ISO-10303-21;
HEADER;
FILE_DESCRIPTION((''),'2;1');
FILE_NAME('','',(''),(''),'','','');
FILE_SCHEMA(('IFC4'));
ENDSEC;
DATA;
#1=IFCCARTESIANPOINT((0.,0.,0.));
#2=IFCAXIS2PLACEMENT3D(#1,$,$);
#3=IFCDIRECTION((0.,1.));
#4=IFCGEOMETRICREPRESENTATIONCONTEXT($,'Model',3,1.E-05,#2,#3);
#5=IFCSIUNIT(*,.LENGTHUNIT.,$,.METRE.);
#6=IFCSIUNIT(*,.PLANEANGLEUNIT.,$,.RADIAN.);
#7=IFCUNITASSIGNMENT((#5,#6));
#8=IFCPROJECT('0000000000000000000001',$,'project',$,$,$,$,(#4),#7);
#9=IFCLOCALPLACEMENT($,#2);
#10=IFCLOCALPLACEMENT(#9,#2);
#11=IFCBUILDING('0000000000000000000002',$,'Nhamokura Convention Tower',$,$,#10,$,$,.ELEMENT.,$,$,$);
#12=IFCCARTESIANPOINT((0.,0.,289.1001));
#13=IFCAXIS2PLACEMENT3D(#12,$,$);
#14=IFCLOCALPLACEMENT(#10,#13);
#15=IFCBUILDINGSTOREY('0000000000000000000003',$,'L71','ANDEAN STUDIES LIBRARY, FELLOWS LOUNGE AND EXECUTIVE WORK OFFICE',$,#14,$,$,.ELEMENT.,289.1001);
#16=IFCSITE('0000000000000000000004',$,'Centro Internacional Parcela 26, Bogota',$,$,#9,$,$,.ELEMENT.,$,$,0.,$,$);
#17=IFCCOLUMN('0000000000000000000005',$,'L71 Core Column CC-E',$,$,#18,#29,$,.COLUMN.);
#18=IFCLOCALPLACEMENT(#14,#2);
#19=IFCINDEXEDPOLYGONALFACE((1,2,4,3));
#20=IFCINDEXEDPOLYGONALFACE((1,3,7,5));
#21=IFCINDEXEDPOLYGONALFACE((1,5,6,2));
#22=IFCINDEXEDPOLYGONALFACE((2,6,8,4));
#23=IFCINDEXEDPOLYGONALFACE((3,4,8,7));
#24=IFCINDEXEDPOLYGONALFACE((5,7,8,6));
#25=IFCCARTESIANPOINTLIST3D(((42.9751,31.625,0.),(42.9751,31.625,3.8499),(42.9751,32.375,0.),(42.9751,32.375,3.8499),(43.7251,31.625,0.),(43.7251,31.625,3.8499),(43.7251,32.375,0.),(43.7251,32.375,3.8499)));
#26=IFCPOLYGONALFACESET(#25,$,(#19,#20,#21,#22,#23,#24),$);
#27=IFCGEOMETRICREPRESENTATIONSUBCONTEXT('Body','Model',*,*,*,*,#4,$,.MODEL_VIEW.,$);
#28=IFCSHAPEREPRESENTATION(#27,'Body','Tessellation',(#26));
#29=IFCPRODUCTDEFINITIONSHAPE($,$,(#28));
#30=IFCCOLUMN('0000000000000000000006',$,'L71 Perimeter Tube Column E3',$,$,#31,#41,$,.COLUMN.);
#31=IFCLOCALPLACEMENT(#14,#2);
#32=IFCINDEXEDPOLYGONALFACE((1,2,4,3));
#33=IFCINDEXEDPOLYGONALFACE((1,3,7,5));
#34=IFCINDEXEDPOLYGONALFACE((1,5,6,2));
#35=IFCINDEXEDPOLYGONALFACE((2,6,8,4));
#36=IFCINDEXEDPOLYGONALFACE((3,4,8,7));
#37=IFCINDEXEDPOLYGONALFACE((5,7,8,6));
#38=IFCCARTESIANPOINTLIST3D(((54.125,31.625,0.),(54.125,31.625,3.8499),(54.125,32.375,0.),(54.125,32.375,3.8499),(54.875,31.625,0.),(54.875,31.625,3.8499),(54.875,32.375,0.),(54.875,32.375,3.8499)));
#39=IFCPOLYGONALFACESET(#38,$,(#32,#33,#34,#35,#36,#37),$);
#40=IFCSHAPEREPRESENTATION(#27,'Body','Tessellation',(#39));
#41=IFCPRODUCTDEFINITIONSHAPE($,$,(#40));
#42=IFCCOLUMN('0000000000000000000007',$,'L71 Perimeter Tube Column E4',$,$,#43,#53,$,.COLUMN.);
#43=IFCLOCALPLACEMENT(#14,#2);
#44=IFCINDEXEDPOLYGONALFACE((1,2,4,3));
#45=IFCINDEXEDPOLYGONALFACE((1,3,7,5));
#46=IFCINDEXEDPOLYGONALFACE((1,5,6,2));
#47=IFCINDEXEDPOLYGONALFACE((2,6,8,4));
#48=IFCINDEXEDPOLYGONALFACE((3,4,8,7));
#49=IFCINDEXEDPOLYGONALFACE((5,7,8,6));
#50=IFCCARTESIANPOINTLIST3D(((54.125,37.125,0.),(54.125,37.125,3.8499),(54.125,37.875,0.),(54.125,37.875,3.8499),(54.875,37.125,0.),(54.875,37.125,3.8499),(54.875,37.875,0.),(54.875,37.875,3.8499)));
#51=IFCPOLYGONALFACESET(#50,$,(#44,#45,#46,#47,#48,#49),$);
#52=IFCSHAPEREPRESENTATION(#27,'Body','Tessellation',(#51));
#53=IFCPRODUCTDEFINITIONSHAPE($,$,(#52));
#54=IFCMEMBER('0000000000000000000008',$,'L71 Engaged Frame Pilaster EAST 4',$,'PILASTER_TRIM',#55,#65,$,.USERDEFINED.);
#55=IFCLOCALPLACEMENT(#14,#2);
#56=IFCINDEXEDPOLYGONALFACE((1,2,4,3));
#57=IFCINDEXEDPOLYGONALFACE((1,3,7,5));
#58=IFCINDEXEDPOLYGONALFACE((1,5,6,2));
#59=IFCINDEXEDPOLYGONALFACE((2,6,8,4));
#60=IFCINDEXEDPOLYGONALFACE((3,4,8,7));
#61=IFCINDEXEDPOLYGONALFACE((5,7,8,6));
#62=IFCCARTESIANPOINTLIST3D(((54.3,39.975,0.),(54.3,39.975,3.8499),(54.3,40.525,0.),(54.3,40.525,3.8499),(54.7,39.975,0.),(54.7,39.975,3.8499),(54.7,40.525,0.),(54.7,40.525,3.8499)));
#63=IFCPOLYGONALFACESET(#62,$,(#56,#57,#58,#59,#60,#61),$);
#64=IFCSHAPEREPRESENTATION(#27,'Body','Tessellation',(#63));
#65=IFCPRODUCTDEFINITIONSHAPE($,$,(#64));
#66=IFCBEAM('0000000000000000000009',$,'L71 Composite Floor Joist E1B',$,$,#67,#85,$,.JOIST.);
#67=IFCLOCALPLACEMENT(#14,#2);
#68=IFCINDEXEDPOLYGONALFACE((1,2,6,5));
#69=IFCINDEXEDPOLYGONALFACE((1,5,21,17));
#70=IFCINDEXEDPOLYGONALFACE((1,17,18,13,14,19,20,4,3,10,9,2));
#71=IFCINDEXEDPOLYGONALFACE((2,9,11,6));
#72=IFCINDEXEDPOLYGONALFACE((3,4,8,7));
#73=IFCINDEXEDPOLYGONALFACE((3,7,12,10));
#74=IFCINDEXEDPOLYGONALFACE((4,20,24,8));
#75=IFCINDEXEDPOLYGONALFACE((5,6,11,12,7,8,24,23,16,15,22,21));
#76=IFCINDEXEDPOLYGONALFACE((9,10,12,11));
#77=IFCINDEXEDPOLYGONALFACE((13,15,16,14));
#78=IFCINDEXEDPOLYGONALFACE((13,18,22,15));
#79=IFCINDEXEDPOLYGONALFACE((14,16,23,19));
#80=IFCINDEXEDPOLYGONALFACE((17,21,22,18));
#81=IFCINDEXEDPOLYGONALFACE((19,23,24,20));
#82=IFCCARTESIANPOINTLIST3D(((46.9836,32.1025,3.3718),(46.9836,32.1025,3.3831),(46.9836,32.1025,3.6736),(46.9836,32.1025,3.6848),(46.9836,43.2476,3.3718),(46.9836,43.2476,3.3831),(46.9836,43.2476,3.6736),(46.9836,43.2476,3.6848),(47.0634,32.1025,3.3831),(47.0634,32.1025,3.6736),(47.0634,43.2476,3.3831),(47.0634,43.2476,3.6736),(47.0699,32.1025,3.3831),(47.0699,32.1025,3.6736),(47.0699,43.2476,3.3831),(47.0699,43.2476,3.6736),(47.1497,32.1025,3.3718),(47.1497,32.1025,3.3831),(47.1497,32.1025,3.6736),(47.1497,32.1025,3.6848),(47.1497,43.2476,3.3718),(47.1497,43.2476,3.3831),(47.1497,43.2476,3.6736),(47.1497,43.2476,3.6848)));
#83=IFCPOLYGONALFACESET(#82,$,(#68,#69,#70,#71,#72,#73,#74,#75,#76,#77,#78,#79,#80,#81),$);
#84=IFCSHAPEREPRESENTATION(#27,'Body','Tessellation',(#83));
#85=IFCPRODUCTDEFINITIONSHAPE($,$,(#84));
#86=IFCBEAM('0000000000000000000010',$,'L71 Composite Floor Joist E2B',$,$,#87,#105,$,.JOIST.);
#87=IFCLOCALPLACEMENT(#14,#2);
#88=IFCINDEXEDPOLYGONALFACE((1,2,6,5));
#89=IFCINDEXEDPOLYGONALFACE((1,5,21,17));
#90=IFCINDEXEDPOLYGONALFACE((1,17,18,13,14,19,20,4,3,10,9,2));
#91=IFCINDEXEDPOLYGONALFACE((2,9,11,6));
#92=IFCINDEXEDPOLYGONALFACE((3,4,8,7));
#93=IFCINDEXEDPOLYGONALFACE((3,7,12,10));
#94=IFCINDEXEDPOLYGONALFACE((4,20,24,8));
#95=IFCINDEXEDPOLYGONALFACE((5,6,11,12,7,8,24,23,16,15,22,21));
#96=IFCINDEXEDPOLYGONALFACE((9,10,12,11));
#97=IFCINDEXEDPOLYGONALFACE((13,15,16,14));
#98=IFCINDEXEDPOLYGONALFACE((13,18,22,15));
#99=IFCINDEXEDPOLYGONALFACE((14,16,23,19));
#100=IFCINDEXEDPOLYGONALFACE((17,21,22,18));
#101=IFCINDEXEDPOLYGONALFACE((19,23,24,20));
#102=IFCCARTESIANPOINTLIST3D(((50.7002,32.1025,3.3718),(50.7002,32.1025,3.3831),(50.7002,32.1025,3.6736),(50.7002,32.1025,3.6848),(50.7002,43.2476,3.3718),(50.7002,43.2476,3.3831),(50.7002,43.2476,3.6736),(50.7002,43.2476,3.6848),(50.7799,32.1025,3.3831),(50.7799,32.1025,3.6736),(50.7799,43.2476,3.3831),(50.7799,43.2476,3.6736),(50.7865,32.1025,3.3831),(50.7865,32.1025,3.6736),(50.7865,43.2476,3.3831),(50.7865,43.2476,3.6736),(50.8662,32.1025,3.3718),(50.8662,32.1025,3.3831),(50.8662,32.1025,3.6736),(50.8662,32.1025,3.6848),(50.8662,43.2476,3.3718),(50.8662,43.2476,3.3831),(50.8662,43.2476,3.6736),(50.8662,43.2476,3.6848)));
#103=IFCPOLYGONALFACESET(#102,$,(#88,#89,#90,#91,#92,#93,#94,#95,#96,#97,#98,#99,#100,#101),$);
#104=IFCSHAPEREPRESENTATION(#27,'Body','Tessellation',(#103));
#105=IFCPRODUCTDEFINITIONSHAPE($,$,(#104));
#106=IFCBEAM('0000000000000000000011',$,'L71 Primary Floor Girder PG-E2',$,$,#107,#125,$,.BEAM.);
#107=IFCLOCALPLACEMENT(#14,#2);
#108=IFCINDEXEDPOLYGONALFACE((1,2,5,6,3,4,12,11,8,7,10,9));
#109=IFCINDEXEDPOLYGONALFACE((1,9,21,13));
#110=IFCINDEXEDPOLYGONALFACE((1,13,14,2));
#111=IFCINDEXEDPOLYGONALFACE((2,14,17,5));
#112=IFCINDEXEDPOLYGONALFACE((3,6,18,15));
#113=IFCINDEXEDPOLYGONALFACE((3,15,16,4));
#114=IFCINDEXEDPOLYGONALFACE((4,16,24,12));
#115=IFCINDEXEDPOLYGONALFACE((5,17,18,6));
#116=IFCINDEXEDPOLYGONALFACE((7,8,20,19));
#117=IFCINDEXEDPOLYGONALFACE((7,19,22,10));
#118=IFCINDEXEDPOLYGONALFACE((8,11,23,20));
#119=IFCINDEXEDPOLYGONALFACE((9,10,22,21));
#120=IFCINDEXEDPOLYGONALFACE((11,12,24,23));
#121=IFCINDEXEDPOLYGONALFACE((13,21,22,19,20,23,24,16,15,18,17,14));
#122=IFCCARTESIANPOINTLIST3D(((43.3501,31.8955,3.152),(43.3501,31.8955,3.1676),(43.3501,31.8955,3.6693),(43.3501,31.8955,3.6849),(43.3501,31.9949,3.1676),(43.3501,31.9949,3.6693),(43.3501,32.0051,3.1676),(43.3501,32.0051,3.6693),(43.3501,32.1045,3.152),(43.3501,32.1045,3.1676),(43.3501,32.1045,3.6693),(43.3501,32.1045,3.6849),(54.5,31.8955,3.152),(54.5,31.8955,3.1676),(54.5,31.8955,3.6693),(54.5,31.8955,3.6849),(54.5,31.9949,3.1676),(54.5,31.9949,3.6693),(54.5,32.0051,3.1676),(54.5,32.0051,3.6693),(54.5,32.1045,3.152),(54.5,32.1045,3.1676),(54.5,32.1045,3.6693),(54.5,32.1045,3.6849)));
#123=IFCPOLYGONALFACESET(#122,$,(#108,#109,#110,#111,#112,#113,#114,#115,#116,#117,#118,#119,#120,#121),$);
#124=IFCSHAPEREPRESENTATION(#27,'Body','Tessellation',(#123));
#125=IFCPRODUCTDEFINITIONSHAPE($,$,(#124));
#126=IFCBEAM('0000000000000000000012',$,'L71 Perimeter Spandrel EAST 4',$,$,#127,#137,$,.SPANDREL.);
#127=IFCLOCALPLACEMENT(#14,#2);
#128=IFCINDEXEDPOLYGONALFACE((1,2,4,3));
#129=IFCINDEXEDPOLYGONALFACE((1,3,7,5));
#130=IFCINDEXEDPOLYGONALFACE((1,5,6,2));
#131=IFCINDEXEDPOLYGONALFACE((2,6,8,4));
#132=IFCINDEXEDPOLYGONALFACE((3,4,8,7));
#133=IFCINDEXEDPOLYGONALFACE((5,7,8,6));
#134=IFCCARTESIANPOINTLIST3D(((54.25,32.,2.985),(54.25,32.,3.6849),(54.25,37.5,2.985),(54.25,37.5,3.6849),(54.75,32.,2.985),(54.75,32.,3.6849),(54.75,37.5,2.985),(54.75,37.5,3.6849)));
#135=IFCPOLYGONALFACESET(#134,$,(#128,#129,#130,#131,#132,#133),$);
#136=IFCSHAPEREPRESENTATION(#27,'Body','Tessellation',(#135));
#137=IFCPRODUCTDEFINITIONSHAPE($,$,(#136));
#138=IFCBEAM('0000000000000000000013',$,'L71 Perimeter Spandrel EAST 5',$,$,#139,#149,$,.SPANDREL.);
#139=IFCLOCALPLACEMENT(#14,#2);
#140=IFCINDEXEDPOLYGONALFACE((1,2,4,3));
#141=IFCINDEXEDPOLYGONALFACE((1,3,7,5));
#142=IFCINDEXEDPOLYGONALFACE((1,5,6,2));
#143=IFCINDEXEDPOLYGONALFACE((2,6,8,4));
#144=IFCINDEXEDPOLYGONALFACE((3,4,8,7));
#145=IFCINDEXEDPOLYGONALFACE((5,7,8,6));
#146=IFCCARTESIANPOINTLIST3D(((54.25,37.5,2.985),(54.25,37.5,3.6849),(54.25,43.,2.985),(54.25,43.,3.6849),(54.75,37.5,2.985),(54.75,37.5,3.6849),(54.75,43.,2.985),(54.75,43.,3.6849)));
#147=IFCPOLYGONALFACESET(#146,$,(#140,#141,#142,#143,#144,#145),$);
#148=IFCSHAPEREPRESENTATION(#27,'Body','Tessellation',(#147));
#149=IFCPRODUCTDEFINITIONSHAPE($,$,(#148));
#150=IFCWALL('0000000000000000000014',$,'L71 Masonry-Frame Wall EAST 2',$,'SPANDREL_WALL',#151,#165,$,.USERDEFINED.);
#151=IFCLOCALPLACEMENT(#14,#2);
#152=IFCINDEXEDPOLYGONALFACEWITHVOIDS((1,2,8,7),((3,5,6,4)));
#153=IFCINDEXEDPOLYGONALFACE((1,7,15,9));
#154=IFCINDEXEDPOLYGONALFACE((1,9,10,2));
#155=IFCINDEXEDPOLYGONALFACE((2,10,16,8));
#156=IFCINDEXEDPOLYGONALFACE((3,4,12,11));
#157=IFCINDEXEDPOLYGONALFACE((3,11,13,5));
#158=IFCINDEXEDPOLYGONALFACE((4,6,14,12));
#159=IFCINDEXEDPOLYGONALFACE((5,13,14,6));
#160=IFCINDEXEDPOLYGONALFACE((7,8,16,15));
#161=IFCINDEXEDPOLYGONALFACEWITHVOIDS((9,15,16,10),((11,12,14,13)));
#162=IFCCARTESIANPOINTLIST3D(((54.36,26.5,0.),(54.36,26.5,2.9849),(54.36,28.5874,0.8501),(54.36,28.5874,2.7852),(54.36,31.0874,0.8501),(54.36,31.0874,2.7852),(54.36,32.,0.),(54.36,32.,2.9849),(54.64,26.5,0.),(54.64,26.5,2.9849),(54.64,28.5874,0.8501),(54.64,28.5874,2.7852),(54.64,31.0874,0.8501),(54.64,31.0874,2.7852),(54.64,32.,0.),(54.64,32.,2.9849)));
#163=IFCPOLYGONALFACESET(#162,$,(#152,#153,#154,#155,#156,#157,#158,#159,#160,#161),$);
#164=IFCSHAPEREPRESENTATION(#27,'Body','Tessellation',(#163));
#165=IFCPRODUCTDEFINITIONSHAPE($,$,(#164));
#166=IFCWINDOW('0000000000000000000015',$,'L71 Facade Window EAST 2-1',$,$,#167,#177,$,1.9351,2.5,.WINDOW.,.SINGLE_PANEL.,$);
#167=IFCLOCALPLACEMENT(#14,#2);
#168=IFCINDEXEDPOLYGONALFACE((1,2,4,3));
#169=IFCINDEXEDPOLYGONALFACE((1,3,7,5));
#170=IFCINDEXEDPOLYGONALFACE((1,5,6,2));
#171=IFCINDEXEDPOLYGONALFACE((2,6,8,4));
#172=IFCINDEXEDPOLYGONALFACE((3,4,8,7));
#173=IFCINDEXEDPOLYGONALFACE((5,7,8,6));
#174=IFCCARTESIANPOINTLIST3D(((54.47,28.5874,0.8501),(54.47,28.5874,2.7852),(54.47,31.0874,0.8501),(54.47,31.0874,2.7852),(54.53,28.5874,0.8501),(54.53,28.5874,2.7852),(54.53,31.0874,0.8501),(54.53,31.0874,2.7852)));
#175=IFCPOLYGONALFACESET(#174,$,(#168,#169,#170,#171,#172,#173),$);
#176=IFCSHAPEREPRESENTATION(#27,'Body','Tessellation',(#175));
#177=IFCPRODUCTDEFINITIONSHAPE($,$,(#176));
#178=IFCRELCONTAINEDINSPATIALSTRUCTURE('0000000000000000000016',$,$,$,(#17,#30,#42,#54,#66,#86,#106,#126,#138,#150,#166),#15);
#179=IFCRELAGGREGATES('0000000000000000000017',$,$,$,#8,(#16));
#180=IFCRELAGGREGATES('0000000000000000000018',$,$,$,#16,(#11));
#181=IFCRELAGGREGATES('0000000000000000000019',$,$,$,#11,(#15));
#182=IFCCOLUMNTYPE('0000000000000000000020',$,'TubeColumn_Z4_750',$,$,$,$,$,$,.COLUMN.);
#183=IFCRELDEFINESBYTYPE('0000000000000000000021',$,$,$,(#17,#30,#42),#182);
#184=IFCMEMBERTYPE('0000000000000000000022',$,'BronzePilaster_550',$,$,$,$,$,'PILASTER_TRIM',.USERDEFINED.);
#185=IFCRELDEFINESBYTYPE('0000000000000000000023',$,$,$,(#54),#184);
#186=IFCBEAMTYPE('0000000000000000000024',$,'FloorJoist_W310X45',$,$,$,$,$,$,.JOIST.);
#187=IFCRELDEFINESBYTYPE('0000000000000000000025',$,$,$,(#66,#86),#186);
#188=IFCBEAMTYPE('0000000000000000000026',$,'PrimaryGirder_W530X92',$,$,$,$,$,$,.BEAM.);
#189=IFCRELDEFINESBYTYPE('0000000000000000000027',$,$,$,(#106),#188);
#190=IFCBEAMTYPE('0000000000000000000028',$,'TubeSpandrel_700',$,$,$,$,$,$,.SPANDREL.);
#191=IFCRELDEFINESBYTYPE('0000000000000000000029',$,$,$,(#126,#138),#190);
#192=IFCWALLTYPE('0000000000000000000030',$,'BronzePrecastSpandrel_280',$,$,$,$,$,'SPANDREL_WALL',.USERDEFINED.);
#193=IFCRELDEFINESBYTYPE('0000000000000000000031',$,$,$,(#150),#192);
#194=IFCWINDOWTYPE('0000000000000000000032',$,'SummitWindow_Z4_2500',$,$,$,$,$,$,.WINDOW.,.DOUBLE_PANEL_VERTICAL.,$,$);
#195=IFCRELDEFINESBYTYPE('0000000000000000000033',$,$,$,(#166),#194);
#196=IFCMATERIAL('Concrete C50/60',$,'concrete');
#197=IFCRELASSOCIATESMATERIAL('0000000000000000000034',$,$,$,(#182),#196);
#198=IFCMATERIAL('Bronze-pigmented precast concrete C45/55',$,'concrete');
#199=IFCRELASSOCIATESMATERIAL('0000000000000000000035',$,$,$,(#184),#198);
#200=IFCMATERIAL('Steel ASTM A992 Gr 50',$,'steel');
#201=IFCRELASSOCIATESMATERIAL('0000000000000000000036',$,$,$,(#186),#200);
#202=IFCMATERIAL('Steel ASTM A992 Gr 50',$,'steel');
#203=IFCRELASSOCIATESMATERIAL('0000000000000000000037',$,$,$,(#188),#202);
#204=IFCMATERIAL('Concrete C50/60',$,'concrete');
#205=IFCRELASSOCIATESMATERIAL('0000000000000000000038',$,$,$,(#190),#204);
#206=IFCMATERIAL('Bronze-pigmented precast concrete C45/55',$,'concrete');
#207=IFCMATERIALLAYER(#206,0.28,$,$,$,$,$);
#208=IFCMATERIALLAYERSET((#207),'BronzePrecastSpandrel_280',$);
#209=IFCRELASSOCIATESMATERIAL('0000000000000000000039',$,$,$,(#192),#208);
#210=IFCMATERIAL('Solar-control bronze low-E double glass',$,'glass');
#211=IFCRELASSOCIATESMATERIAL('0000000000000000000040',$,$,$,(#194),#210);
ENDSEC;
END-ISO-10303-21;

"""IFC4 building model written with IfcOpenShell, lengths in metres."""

from ifc_helpers import new_model, si_unit, direction, frame, frame_2d, origin, origin_2d, place, context, subcontext, project, spatial, rectangle, i_section, extrude, material, layer, layer_set, material_profile, profile_set, type_object, element, fill, save


model = new_model("IFC4")

# Units and contexts
model_context = context("Model", 3, precision=1e-05, world=origin(), true_north=direction((0.0, 1.0)))
body_context = subcontext(model_context, "Body", "Model", "MODEL_VIEW")
ifc_project = project(units=[si_unit("LENGTHUNIT", "METRE"), si_unit("PLANEANGLEUNIT", "RADIAN")], contexts=[model_context])

# Site, building, storey
site_placement = place(None, origin())
site = spatial("IfcSite", under=ifc_project, at=site_placement, Name="Centro Internacional Parcela 26, Bogota", CompositionType="ELEMENT", RefElevation=0.0)
building_placement = place(site_placement, origin())
building = spatial("IfcBuilding", under=site, at=building_placement, Name="Nhamokura Convention Tower", CompositionType="ELEMENT")
storey_placement = place(building_placement, frame((0.0, 0.0, 289.1001)))
storey = spatial("IfcBuildingStorey", under=building, at=storey_placement, Name="L71", Description="ANDEAN STUDIES LIBRARY, FELLOWS LOUNGE AND EXECUTIVE WORK OFFICE", CompositionType="ELEMENT", Elevation=289.1001)

# Columns
ifc_material_1 = material(Name="Concrete C50/60", Category="concrete")
ifc_material_profile_1 = material_profile(ifc_material_1, rectangle(XDim=0.75, YDim=0.75, at=origin_2d()))
ifc_profile_set_1 = profile_set([ifc_material_profile_1], Name="Concrete C50/60")
column_type = type_object("IfcColumnType", Name="TubeColumn_Z4_750", PredefinedType="COLUMN", material=ifc_profile_set_1)
for number, where, z_axis, x_axis, name in (
    (1, (43.3501, 32.0, 0.0), (0.0, 0.0, 1.0), (1.0, 0.0, 0.0), "L71 Core Column CC-E"),
    (2, (54.5, 32.0, 0.0), (0.0, 0.0, 1.0), (1.0, 0.0, 0.0), "L71 Perimeter Tube Column E3"),
    (3, (54.5, 37.5, 0.0), (0.0, 0.0, 1.0), (1.0, 0.0, 0.0), "L71 Perimeter Tube Column E4"),
):
    element("IfcColumn", number, at=place(storey_placement, frame(where, z_axis=z_axis, x_axis=x_axis)), inside=storey, type_object=column_type, Name=name, PredefinedType="COLUMN", context=body_context, shape_type="SweptSolid", body=[
        extrude(rectangle(XDim=0.75, YDim=0.75, at=origin_2d()), origin(), (0.0, 0.0, 1.0), 3.8499),
    ])

# Member
ifc_material_2 = material(Name="Bronze-pigmented precast concrete C45/55", Category="concrete")
ifc_material_profile_2 = material_profile(ifc_material_2, rectangle(XDim=0.3999, YDim=0.55, at=origin_2d()))
ifc_profile_set_2 = profile_set([ifc_material_profile_2], Name="Bronze-pigmented precast concrete C45/55")
member_type = type_object("IfcMemberType", Name="BronzePilaster_550", ElementType="PILASTER_TRIM", PredefinedType="USERDEFINED", material=ifc_profile_set_2)
member_placement = place(storey_placement, frame((54.5, 40.25, 0.0), z_axis=(0.0, 0.0, 1.0), x_axis=(1.0, 0.0, 0.0)))
element("IfcMember", 4, at=member_placement, inside=storey, type_object=member_type, Name="L71 Engaged Frame Pilaster EAST 4", ObjectType="PILASTER_TRIM", PredefinedType="USERDEFINED", context=body_context, shape_type="SweptSolid", body=[
    extrude(rectangle(XDim=0.3999, YDim=0.55, at=origin_2d()), origin(), (0.0, 0.0, 1.0), 3.8499),
])

# Beams
ifc_material_3 = material(Name="Steel ASTM A992 Gr 50", Category="steel")
ifc_material_profile_3 = material_profile(ifc_material_3, i_section(OverallWidth=0.166, OverallDepth=0.313, WebThickness=0.0066, FlangeThickness=0.0112, at=origin_2d()))
ifc_profile_set_3 = profile_set([ifc_material_profile_3], Name="Steel ASTM A992 Gr 50")
beam_type_1 = type_object("IfcBeamType", Name="FloorJoist_W310X45", PredefinedType="JOIST", material=ifc_profile_set_3)
for number, where, z_axis, x_axis, name in (
    (5, (47.0667, 32.1025, 3.5283), (0.0, 1.0, 0.0), (-1.0, 0.0, 0.0), "L71 Composite Floor Joist E1B"),
    (6, (50.7832, 32.1025, 3.5283), (0.0, 1.0, 0.0), (-1.0, 0.0, 0.0), "L71 Composite Floor Joist E2B"),
):
    element("IfcBeam", number, at=place(storey_placement, frame(where, z_axis=z_axis, x_axis=x_axis)), inside=storey, type_object=beam_type_1, Name=name, PredefinedType="JOIST", context=body_context, shape_type="SweptSolid", body=[
        extrude(i_section(OverallWidth=0.166, OverallDepth=0.313, WebThickness=0.0066, FlangeThickness=0.0112, at=origin_2d()), origin(), (0.0, 0.0, 1.0), 11.145),
    ])
ifc_material_4 = material(Name="Steel ASTM A992 Gr 50", Category="steel")
ifc_material_profile_4 = material_profile(ifc_material_4, i_section(OverallWidth=0.209, OverallDepth=0.533, WebThickness=0.0103, FlangeThickness=0.0156, at=origin_2d()))
ifc_profile_set_4 = profile_set([ifc_material_profile_4], Name="Steel ASTM A992 Gr 50")
beam_type_2 = type_object("IfcBeamType", Name="PrimaryGirder_W530X92", PredefinedType="BEAM", material=ifc_profile_set_4)
beam_placement = place(storey_placement, frame((43.3501, 32.0, 3.4185), z_axis=(1.0, 0.0, 0.0), x_axis=(0.0, 1.0, 0.0)))
element("IfcBeam", 7, at=beam_placement, inside=storey, type_object=beam_type_2, Name="L71 Primary Floor Girder PG-E2", PredefinedType="BEAM", context=body_context, shape_type="SweptSolid", body=[
    extrude(i_section(OverallWidth=0.209, OverallDepth=0.533, WebThickness=0.0103, FlangeThickness=0.0156, at=origin_2d()), origin(), (0.0, 0.0, 1.0), 11.1499),
])
ifc_material_5 = material(Name="Concrete C50/60", Category="concrete")
ifc_material_profile_5 = material_profile(ifc_material_5, rectangle(XDim=0.5, YDim=0.7, at=origin_2d()))
ifc_profile_set_5 = profile_set([ifc_material_profile_5], Name="Concrete C50/60")
beam_type_3 = type_object("IfcBeamType", Name="TubeSpandrel_700", PredefinedType="SPANDREL", material=ifc_profile_set_5)
for number, where, z_axis, x_axis, name in (
    (8, (54.5, 32.0, 3.335), (0.0, 1.0, 0.0), (-1.0, 0.0, 0.0), "L71 Perimeter Spandrel EAST 4"),
    (9, (54.5, 37.5, 3.335), (0.0, 1.0, 0.0), (-1.0, 0.0, 0.0), "L71 Perimeter Spandrel EAST 5"),
):
    element("IfcBeam", number, at=place(storey_placement, frame(where, z_axis=z_axis, x_axis=x_axis)), inside=storey, type_object=beam_type_3, Name=name, PredefinedType="SPANDREL", context=body_context, shape_type="SweptSolid", body=[
        extrude(rectangle(XDim=0.5, YDim=0.7, at=origin_2d()), origin(), (0.0, 0.0, 1.0), 5.5),
    ])

# Wall, opening, window
ifc_material_6 = material(Name="Bronze-pigmented precast concrete C45/55", Category="concrete")
ifc_layer_1 = layer(ifc_material_6, 0.28)
ifc_layer_set_1 = layer_set([ifc_layer_1], Name="BronzePrecastSpandrel_280")
wall_type_1 = type_object("IfcWallType", Name="BronzePrecastSpandrel_280", ElementType="SPANDREL_WALL", PredefinedType="USERDEFINED", material=ifc_layer_set_1)
wall_1_placement = place(storey_placement, frame((54.5, 32.0, 0.0), z_axis=(0.0, 0.0, 1.0), x_axis=(0.0, -1.0, 0.0)))
wall_1 = element("IfcWall", 10, at=wall_1_placement, inside=storey, type_object=wall_type_1, Name="L71 Masonry-Frame Wall EAST 2", ObjectType="SPANDREL_WALL", PredefinedType="USERDEFINED", context=body_context, shape_type="SweptSolid", body=[
    extrude(rectangle(XDim=5.5, YDim=0.28, at=frame_2d((2.75, 0.0))), origin(), (0.0, 0.0, 1.0), 2.9849),
])
opening_1_placement = place(wall_1_placement, frame((0.9126, 0.0, 0.8501)))
opening_1 = element("IfcOpeningElement", 11, at=opening_1_placement, cuts=wall_1, PredefinedType="OPENING", context=body_context, shape_type="SweptSolid", body=[
    extrude(rectangle(XDim=2.5, YDim=1.9351, at=frame_2d((1.25, 0.9675))), frame((0.0, 0.1499, 0.0), z_axis=(0.0, -1.0, 0.0), x_axis=(1.0, 0.0, 0.0)), (0.0, 0.0, 1.0), 0.3),
])
ifc_material_7 = material(Name="Solar-control bronze low-E double glass", Category="glass")
window_type_1 = type_object("IfcWindowType", Name="SummitWindow_Z4_2500", PartitioningType="DOUBLE_PANEL_VERTICAL", PredefinedType="WINDOW", material=ifc_material_7)
window_1_placement = place(opening_1_placement, origin())
window_1 = element("IfcWindow", 12, at=window_1_placement, inside=storey, type_object=window_type_1, Name="L71 Facade Window EAST 2-1", OverallHeight=1.9351, OverallWidth=2.5, PartitioningType="SINGLE_PANEL", PredefinedType="WINDOW", context=body_context, shape_type="SweptSolid", body=[
    extrude(rectangle(XDim=2.5, YDim=1.9351, at=frame_2d((1.25, 0.9675))), frame((0.0, 0.03, 0.0), z_axis=(0.0, -1.0, 0.0), x_axis=(1.0, 0.0, 0.0)), (0.0, 0.0, 1.0), 0.0601),
])
fill(opening_1, window_1)

save(model, "model.ifc")
